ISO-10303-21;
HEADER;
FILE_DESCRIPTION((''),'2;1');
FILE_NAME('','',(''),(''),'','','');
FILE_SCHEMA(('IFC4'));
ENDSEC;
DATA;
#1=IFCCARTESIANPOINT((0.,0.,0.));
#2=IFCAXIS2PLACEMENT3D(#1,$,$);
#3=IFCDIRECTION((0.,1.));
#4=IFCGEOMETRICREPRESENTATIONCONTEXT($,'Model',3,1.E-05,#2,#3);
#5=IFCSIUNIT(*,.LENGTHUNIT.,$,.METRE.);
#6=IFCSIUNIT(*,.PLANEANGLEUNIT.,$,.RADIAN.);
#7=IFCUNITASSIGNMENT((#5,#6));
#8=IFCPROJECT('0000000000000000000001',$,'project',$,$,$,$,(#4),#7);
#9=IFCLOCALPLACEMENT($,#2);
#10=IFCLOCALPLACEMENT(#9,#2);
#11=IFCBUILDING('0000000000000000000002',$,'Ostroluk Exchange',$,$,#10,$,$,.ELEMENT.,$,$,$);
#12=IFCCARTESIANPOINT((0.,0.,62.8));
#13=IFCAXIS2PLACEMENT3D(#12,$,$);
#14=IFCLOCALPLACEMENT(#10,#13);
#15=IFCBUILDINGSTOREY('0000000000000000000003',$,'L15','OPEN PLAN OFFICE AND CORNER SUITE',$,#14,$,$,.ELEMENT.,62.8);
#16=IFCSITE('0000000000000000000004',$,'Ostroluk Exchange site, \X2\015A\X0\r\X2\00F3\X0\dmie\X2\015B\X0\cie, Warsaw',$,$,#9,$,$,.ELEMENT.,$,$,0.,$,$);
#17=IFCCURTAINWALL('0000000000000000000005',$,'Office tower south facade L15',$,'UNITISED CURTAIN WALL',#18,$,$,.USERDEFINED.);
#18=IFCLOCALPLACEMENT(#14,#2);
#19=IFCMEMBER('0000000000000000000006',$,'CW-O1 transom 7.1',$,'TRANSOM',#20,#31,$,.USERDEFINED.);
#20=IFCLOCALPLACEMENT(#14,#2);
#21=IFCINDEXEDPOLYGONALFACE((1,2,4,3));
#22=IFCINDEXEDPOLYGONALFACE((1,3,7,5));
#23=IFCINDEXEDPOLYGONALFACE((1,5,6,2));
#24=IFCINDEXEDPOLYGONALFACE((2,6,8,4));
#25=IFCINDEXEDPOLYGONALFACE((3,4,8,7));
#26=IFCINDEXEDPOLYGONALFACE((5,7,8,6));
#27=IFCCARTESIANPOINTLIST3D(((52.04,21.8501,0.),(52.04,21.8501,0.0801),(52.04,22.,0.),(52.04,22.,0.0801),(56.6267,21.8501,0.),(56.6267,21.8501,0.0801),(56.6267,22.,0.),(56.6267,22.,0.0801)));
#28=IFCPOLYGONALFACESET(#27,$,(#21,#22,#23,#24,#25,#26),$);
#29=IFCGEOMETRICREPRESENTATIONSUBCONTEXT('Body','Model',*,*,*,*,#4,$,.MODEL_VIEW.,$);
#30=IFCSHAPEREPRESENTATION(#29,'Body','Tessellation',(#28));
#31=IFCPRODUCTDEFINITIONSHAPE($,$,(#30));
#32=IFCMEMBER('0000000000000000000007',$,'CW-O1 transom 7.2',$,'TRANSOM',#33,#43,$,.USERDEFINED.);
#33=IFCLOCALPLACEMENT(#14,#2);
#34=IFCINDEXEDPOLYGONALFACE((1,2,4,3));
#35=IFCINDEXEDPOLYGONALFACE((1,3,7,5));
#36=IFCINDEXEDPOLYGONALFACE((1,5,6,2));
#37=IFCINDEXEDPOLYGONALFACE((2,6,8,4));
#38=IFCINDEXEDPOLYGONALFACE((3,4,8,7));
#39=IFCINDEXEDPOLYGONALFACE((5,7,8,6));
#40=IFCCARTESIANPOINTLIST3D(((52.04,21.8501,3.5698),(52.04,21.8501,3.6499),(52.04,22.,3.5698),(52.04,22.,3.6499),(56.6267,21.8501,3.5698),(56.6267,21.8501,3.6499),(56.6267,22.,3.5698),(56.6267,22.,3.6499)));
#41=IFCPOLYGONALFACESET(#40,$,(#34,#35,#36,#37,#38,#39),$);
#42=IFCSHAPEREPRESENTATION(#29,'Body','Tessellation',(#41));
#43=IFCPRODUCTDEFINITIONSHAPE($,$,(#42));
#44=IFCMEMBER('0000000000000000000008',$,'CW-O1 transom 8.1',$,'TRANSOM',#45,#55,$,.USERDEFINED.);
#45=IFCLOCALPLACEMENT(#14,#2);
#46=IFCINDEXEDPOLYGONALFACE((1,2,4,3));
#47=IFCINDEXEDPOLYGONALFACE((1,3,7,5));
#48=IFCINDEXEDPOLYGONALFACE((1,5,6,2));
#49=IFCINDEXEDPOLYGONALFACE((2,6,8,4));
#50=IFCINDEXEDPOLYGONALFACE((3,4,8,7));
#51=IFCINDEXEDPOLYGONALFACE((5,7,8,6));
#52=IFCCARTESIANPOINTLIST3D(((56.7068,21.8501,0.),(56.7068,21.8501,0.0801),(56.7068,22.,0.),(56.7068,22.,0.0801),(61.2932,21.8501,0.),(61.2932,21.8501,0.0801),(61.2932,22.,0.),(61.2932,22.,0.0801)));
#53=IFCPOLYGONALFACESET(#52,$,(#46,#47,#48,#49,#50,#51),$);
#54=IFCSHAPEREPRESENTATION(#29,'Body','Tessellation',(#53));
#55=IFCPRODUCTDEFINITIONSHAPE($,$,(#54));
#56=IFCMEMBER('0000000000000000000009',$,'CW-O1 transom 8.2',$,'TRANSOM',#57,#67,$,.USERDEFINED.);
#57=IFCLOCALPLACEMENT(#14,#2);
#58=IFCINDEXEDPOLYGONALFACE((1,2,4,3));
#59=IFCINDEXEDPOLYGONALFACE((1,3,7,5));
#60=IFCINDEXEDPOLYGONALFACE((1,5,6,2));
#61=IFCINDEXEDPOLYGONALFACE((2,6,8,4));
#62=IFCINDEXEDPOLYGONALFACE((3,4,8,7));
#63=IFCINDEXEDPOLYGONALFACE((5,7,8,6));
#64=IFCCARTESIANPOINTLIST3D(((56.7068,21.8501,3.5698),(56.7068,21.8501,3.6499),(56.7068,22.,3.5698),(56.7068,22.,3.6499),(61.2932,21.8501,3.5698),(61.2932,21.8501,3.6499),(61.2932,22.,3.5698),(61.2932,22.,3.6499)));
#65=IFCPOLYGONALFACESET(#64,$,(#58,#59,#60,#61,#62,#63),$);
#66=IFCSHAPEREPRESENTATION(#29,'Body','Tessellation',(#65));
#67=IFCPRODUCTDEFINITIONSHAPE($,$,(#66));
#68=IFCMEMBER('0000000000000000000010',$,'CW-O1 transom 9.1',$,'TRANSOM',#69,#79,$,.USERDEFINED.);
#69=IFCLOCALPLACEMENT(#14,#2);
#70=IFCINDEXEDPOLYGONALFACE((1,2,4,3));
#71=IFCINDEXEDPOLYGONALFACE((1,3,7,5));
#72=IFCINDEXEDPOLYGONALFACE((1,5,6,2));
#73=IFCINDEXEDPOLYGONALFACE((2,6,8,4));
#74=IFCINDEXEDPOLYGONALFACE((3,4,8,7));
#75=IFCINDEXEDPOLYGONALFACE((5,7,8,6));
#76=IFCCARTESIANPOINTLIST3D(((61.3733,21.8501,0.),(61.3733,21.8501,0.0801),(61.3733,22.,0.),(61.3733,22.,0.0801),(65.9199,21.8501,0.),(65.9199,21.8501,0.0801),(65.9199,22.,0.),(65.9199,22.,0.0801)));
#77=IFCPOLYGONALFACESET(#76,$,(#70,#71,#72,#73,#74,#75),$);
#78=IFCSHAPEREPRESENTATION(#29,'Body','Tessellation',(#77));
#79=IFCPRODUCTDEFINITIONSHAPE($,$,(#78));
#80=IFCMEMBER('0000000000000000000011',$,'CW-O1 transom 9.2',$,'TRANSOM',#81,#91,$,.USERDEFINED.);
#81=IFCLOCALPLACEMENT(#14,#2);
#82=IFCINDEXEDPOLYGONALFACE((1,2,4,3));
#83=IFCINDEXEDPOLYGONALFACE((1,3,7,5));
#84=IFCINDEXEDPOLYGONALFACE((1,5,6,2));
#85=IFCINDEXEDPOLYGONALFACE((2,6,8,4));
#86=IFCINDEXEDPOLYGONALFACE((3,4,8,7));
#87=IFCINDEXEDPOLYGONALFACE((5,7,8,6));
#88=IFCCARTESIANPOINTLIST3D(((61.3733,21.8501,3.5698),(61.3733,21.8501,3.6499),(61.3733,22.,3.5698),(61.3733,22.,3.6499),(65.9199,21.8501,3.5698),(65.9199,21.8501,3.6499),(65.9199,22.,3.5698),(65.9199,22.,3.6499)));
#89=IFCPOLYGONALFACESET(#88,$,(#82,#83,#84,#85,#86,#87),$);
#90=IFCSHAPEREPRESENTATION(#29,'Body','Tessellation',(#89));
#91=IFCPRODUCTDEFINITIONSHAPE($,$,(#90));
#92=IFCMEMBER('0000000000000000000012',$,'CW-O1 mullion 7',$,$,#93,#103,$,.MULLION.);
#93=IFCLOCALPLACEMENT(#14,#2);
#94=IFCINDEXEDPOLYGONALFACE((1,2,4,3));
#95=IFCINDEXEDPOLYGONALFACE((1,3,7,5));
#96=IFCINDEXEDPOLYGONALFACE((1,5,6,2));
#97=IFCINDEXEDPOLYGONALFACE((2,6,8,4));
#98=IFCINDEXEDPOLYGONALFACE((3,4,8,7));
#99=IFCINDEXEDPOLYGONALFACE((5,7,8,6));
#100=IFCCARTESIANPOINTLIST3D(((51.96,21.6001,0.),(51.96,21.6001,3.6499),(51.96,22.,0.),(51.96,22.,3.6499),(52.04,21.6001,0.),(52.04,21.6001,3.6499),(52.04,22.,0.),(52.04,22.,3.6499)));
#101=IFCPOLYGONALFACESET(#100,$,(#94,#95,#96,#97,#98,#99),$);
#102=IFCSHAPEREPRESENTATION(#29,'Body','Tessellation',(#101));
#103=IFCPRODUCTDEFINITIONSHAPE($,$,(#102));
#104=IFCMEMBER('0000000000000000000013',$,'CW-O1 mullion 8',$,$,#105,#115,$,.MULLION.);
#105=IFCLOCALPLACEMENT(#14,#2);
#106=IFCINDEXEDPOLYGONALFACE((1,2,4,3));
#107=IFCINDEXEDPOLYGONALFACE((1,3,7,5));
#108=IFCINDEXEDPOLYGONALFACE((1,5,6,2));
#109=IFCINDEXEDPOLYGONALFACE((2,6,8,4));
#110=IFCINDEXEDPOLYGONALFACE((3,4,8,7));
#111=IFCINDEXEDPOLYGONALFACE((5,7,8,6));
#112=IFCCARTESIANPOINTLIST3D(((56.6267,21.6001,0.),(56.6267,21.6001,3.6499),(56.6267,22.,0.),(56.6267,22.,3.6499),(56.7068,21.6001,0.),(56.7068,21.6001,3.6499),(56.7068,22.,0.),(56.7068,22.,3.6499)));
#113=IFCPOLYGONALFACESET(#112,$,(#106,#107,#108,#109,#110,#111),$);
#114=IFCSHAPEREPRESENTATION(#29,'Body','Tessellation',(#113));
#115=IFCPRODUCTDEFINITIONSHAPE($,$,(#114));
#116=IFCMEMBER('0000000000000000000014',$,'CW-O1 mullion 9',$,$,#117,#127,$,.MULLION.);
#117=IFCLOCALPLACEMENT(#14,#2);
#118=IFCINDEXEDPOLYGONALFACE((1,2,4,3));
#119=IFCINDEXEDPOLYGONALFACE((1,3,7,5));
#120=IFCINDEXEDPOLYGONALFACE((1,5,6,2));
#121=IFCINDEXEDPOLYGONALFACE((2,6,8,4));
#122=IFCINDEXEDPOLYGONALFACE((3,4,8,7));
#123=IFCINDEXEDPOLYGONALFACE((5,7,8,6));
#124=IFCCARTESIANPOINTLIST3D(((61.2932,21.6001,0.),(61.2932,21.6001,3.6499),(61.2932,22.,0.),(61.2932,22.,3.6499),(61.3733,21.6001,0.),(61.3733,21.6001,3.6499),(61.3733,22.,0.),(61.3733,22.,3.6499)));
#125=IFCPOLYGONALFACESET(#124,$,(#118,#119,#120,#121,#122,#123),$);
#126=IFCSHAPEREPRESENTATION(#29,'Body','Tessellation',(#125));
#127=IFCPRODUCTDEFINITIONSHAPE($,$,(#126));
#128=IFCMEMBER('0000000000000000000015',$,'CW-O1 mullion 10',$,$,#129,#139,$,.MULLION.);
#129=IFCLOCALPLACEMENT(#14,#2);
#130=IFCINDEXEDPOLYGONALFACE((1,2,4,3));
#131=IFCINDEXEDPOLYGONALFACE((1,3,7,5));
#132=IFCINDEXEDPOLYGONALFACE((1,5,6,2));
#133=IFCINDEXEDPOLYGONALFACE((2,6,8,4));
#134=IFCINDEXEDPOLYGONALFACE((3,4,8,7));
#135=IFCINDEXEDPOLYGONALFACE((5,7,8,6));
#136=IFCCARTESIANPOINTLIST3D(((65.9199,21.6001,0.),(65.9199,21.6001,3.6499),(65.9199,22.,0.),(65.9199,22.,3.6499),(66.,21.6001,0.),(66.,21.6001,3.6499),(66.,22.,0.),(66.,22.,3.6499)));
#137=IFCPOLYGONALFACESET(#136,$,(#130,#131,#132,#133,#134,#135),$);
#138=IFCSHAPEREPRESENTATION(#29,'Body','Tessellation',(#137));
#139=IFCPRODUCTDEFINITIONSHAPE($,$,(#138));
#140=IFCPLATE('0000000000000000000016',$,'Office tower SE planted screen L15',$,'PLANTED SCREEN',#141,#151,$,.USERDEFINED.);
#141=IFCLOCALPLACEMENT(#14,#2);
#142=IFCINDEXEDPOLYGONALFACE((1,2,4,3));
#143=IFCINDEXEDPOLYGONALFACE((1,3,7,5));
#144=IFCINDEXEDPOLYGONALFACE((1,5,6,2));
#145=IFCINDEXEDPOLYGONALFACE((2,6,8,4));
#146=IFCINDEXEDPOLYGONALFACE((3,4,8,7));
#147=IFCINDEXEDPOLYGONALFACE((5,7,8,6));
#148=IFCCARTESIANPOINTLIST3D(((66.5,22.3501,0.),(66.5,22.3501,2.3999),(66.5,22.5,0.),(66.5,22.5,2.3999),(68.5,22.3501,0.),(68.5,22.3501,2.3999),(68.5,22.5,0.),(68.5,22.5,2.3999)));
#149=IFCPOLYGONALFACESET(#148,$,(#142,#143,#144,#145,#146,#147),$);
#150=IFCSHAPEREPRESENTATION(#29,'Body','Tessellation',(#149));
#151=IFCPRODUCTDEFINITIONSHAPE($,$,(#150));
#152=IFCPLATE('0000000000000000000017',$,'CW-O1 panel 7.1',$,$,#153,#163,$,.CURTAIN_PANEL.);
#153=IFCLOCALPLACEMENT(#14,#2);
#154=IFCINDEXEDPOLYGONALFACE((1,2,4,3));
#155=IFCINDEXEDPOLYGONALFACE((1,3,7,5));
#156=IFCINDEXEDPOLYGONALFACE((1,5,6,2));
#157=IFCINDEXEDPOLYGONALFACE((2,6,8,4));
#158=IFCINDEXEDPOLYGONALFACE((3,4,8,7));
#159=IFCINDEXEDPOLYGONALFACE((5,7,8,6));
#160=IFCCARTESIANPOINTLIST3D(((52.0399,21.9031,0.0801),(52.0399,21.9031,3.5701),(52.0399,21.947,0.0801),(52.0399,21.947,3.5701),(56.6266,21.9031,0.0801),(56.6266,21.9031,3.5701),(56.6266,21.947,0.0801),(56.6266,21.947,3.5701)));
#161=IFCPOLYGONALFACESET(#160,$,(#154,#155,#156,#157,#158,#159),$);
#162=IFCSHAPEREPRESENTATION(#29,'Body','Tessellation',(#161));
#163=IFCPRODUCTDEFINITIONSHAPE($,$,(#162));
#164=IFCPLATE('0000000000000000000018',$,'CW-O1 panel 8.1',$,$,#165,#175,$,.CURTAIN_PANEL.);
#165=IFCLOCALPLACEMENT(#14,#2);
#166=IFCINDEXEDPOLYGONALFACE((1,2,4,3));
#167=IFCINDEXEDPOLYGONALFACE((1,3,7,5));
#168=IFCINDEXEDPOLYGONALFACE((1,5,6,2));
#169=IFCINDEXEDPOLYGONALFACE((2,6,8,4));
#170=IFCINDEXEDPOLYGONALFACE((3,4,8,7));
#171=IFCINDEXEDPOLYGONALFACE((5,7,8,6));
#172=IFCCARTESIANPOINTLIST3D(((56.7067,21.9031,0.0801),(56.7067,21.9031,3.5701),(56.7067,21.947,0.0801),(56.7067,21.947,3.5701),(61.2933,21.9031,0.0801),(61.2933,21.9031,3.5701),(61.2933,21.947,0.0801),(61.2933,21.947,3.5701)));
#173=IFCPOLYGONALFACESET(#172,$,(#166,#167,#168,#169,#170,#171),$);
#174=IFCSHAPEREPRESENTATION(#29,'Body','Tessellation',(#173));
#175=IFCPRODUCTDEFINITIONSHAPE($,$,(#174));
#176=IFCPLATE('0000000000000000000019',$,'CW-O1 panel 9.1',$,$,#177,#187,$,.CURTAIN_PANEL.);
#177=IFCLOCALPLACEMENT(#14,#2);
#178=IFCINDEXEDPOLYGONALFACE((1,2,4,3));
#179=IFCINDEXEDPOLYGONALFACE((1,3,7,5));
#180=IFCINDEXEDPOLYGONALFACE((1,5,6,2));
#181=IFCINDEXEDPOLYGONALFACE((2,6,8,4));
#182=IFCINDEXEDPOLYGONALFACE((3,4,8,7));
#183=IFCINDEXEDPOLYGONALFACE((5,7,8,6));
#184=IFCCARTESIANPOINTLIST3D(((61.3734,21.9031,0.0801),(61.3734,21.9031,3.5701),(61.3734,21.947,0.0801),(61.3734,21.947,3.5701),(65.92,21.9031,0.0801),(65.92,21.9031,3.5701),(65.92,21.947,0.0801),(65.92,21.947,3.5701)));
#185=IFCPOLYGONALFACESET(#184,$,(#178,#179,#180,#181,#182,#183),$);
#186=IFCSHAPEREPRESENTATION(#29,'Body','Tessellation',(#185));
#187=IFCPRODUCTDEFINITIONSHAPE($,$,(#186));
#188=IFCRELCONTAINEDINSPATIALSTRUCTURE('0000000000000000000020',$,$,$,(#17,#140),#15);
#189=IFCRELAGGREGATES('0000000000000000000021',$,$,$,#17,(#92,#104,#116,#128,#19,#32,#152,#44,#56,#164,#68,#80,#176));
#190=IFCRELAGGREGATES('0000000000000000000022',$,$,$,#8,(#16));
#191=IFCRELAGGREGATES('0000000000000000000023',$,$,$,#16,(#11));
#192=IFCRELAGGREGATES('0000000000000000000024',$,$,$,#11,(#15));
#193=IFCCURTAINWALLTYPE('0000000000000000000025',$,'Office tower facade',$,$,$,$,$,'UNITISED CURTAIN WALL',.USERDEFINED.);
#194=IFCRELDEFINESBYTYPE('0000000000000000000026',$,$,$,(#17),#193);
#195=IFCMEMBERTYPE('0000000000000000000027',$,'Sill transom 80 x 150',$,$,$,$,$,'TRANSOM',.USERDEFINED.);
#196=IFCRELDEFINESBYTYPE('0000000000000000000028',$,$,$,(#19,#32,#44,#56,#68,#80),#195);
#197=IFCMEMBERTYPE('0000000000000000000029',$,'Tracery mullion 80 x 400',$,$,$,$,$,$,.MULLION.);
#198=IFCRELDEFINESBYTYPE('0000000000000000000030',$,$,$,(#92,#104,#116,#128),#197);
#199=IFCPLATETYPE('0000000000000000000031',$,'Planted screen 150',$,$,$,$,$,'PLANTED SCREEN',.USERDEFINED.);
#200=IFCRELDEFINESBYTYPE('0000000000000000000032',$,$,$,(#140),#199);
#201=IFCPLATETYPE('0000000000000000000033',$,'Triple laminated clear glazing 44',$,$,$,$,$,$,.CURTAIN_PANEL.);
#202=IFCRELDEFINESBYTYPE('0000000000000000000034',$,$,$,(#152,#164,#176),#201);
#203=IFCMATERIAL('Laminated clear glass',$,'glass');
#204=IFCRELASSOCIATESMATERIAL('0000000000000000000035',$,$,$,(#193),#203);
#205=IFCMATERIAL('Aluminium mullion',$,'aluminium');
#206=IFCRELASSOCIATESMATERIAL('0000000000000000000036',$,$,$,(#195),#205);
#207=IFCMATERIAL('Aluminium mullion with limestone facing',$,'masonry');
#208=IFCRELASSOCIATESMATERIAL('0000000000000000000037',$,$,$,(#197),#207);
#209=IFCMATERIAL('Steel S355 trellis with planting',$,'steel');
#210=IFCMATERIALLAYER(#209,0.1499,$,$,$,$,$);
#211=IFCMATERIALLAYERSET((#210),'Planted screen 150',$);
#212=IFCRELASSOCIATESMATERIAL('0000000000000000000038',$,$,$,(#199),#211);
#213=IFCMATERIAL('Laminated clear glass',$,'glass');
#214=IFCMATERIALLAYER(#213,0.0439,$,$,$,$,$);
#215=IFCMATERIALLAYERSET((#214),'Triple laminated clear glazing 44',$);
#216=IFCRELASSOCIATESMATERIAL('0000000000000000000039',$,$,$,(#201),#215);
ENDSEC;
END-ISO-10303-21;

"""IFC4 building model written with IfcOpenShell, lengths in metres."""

from ifc_helpers import new_model, si_unit, direction, frame, origin, origin_2d, place, context, subcontext, project, spatial, rectangle, extrude, material, layer, layer_set, material_profile, profile_set, type_object, element, aggregate, save


model = new_model("IFC4")

# Units and contexts
model_context = context("Model", 3, precision=1e-05, world=origin(), true_north=direction((0.0, 1.0)))
body_context = subcontext(model_context, "Body", "Model", "MODEL_VIEW")
ifc_project = project(units=[si_unit("LENGTHUNIT", "METRE"), si_unit("PLANEANGLEUNIT", "RADIAN")], contexts=[model_context])

# Site, building, storey
site_placement = place(None, origin())
site = spatial("IfcSite", under=ifc_project, at=site_placement, Name="Ostroluk Exchange site, Śródmieście, Warsaw", CompositionType="ELEMENT", RefElevation=0.0)
building_placement = place(site_placement, origin())
building = spatial("IfcBuilding", under=site, at=building_placement, Name="Ostroluk Exchange", CompositionType="ELEMENT")
storey_placement = place(building_placement, frame((0.0, 0.0, 62.8)))
storey = spatial("IfcBuildingStorey", under=building, at=storey_placement, Name="L15", Description="OPEN PLAN OFFICE AND CORNER SUITE", CompositionType="ELEMENT", Elevation=62.8)

# Curtain wall, members
ifc_material_1 = material(Name="Laminated clear glass", Category="glass")
curtain_wall_type = type_object("IfcCurtainWallType", Name="Office tower facade", ElementType="UNITISED CURTAIN WALL", PredefinedType="USERDEFINED", material=ifc_material_1)
curtain_wall_placement = place(storey_placement, origin())
curtain_wall = element("IfcCurtainWall", 1, at=curtain_wall_placement, inside=storey, type_object=curtain_wall_type, Name="Office tower south facade L15", ObjectType="UNITISED CURTAIN WALL", PredefinedType="USERDEFINED")
ifc_material_2 = material(Name="Aluminium mullion", Category="aluminium")
ifc_material_profile_1 = material_profile(ifc_material_2, rectangle(XDim=0.1499, YDim=0.0801, at=origin_2d()), Name="Sill transom 80 x 150")
ifc_profile_set_1 = profile_set([ifc_material_profile_1], Name="Aluminium mullion")
member_type_1 = type_object("IfcMemberType", Name="Sill transom 80 x 150", ElementType="TRANSOM", PredefinedType="USERDEFINED", material=ifc_profile_set_1)
member_1_placement = place(storey_placement, frame((52.04, 21.925, 0.04), z_axis=(1.0, 0.0, 0.0), x_axis=(0.0, 1.0, 0.0)))
member_1 = element("IfcMember", 2, at=member_1_placement, type_object=member_type_1, Name="CW-O1 transom 7.1", ObjectType="TRANSOM", PredefinedType="USERDEFINED", context=body_context, shape_type="SweptSolid", body=[
    extrude(rectangle(XDim=0.1499, YDim=0.0801, at=origin_2d()), origin(), (0.0, 0.0, 1.0), 4.5867),
])
member_2_placement = place(storey_placement, frame((52.04, 21.925, 3.6099), z_axis=(1.0, 0.0, 0.0), x_axis=(0.0, 1.0, 0.0)))
member_2 = element("IfcMember", 3, at=member_2_placement, type_object=member_type_1, Name="CW-O1 transom 7.2", ObjectType="TRANSOM", PredefinedType="USERDEFINED", context=body_context, shape_type="SweptSolid", body=[
    extrude(rectangle(XDim=0.1499, YDim=0.0801, at=origin_2d()), origin(), (0.0, 0.0, 1.0), 4.5867),
])
member_3_placement = place(storey_placement, frame((56.7068, 21.925, 0.04), z_axis=(1.0, 0.0, 0.0), x_axis=(0.0, 1.0, 0.0)))
member_3 = element("IfcMember", 4, at=member_3_placement, type_object=member_type_1, Name="CW-O1 transom 8.1", ObjectType="TRANSOM", PredefinedType="USERDEFINED", context=body_context, shape_type="SweptSolid", body=[
    extrude(rectangle(XDim=0.1499, YDim=0.0801, at=origin_2d()), origin(), (0.0, 0.0, 1.0), 4.5864),
])
member_4_placement = place(storey_placement, frame((56.7068, 21.925, 3.6099), z_axis=(1.0, 0.0, 0.0), x_axis=(0.0, 1.0, 0.0)))
member_4 = element("IfcMember", 5, at=member_4_placement, type_object=member_type_1, Name="CW-O1 transom 8.2", ObjectType="TRANSOM", PredefinedType="USERDEFINED", context=body_context, shape_type="SweptSolid", body=[
    extrude(rectangle(XDim=0.1499, YDim=0.0801, at=origin_2d()), origin(), (0.0, 0.0, 1.0), 4.5864),
])
member_5_placement = place(storey_placement, frame((61.3733, 21.925, 0.04), z_axis=(1.0, 0.0, 0.0), x_axis=(0.0, 1.0, 0.0)))
member_5 = element("IfcMember", 6, at=member_5_placement, type_object=member_type_1, Name="CW-O1 transom 9.1", ObjectType="TRANSOM", PredefinedType="USERDEFINED", context=body_context, shape_type="SweptSolid", body=[
    extrude(rectangle(XDim=0.1499, YDim=0.0801, at=origin_2d()), origin(), (0.0, 0.0, 1.0), 4.5466),
])
member_6_placement = place(storey_placement, frame((61.3733, 21.925, 3.6099), z_axis=(1.0, 0.0, 0.0), x_axis=(0.0, 1.0, 0.0)))
member_6 = element("IfcMember", 7, at=member_6_placement, type_object=member_type_1, Name="CW-O1 transom 9.2", ObjectType="TRANSOM", PredefinedType="USERDEFINED", context=body_context, shape_type="SweptSolid", body=[
    extrude(rectangle(XDim=0.1499, YDim=0.0801, at=origin_2d()), origin(), (0.0, 0.0, 1.0), 4.5466),
])
ifc_material_3 = material(Name="Aluminium mullion with limestone facing", Category="masonry")
ifc_material_profile_2 = material_profile(ifc_material_3, rectangle(XDim=0.3999, YDim=0.0801, at=origin_2d()), Name="Tracery mullion 80 x 400")
ifc_profile_set_2 = profile_set([ifc_material_profile_2], Name="Aluminium mullion with limestone facing")
member_type_2 = type_object("IfcMemberType", Name="Tracery mullion 80 x 400", PredefinedType="MULLION", material=ifc_profile_set_2)
member_7_placement = place(storey_placement, frame((52.0, 21.8, 0.0), z_axis=(0.0, 0.0, 1.0), x_axis=(0.0, 1.0, 0.0)))
member_7 = element("IfcMember", 8, at=member_7_placement, type_object=member_type_2, Name="CW-O1 mullion 7", PredefinedType="MULLION", context=body_context, shape_type="SweptSolid", body=[
    extrude(rectangle(XDim=0.3999, YDim=0.0801, at=origin_2d()), origin(), (0.0, 0.0, 1.0), 3.6499),
])
member_8_placement = place(storey_placement, frame((56.6667, 21.8, 0.0), z_axis=(0.0, 0.0, 1.0), x_axis=(0.0, 1.0, 0.0)))
member_8 = element("IfcMember", 9, at=member_8_placement, type_object=member_type_2, Name="CW-O1 mullion 8", PredefinedType="MULLION", context=body_context, shape_type="SweptSolid", body=[
    extrude(rectangle(XDim=0.3999, YDim=0.0801, at=origin_2d()), origin(), (0.0, 0.0, 1.0), 3.6499),
])
member_9_placement = place(storey_placement, frame((61.3333, 21.8, 0.0), z_axis=(0.0, 0.0, 1.0), x_axis=(0.0, 1.0, 0.0)))
member_9 = element("IfcMember", 10, at=member_9_placement, type_object=member_type_2, Name="CW-O1 mullion 9", PredefinedType="MULLION", context=body_context, shape_type="SweptSolid", body=[
    extrude(rectangle(XDim=0.3999, YDim=0.0801, at=origin_2d()), origin(), (0.0, 0.0, 1.0), 3.6499),
])
member_10_placement = place(storey_placement, frame((65.96, 21.8, 0.0), z_axis=(0.0, 0.0, 1.0), x_axis=(0.0, 1.0, 0.0)))
member_10 = element("IfcMember", 11, at=member_10_placement, type_object=member_type_2, Name="CW-O1 mullion 10", PredefinedType="MULLION", context=body_context, shape_type="SweptSolid", body=[
    extrude(rectangle(XDim=0.3999, YDim=0.0801, at=origin_2d()), origin(), (0.0, 0.0, 1.0), 3.6499),
])

# Plates
ifc_material_4 = material(Name="Steel S355 trellis with planting", Category="steel")
ifc_layer_1 = layer(ifc_material_4, 0.1499)
ifc_layer_set_1 = layer_set([ifc_layer_1], Name="Planted screen 150")
plate_type_1 = type_object("IfcPlateType", Name="Planted screen 150", ElementType="PLANTED SCREEN", PredefinedType="USERDEFINED", material=ifc_layer_set_1)
plate_1_placement = place(storey_placement, frame((67.5, 22.425, 0.0), z_axis=(0.0, 0.0, 1.0), x_axis=(1.0, 0.0, 0.0)))
element("IfcPlate", 12, at=plate_1_placement, inside=storey, type_object=plate_type_1, Name="Office tower SE planted screen L15", ObjectType="PLANTED SCREEN", PredefinedType="USERDEFINED", context=body_context, shape_type="SweptSolid", body=[
    extrude(rectangle(XDim=2.0, YDim=0.1499, at=origin_2d()), origin(), (0.0, 0.0, 1.0), 2.3999),
])
ifc_material_5 = material(Name="Laminated clear glass", Category="glass")
ifc_layer_2 = layer(ifc_material_5, 0.0439)
ifc_layer_set_2 = layer_set([ifc_layer_2], Name="Triple laminated clear glazing 44")
plate_type_2 = type_object("IfcPlateType", Name="Triple laminated clear glazing 44", PredefinedType="CURTAIN_PANEL", material=ifc_layer_set_2)
plate_2_placement = place(storey_placement, frame((54.3333, 21.925, 0.0801), z_axis=(0.0, 0.0, 1.0), x_axis=(1.0, 0.0, 0.0)))
plate_2 = element("IfcPlate", 13, at=plate_2_placement, type_object=plate_type_2, Name="CW-O1 panel 7.1", PredefinedType="CURTAIN_PANEL", context=body_context, shape_type="SweptSolid", body=[
    extrude(rectangle(XDim=4.5867, YDim=0.0439, at=origin_2d()), origin(), (0.0, 0.0, 1.0), 3.49),
])
plate_3_placement = place(storey_placement, frame((59.0, 21.925, 0.0801), z_axis=(0.0, 0.0, 1.0), x_axis=(1.0, 0.0, 0.0)))
plate_3 = element("IfcPlate", 14, at=plate_3_placement, type_object=plate_type_2, Name="CW-O1 panel 8.1", PredefinedType="CURTAIN_PANEL", context=body_context, shape_type="SweptSolid", body=[
    extrude(rectangle(XDim=4.5867, YDim=0.0439, at=origin_2d()), origin(), (0.0, 0.0, 1.0), 3.49),
])
plate_4_placement = place(storey_placement, frame((63.6467, 21.925, 0.0801), z_axis=(0.0, 0.0, 1.0), x_axis=(1.0, 0.0, 0.0)))
plate_4 = element("IfcPlate", 15, at=plate_4_placement, type_object=plate_type_2, Name="CW-O1 panel 9.1", PredefinedType="CURTAIN_PANEL", context=body_context, shape_type="SweptSolid", body=[
    extrude(rectangle(XDim=4.5466, YDim=0.0439, at=origin_2d()), origin(), (0.0, 0.0, 1.0), 3.49),
])
aggregate(curtain_wall, [member_7, member_8, member_9, member_10, member_1, member_2, plate_2, member_3, member_4, plate_3, member_5, member_6, plate_4])

save(model, "model.ifc")
